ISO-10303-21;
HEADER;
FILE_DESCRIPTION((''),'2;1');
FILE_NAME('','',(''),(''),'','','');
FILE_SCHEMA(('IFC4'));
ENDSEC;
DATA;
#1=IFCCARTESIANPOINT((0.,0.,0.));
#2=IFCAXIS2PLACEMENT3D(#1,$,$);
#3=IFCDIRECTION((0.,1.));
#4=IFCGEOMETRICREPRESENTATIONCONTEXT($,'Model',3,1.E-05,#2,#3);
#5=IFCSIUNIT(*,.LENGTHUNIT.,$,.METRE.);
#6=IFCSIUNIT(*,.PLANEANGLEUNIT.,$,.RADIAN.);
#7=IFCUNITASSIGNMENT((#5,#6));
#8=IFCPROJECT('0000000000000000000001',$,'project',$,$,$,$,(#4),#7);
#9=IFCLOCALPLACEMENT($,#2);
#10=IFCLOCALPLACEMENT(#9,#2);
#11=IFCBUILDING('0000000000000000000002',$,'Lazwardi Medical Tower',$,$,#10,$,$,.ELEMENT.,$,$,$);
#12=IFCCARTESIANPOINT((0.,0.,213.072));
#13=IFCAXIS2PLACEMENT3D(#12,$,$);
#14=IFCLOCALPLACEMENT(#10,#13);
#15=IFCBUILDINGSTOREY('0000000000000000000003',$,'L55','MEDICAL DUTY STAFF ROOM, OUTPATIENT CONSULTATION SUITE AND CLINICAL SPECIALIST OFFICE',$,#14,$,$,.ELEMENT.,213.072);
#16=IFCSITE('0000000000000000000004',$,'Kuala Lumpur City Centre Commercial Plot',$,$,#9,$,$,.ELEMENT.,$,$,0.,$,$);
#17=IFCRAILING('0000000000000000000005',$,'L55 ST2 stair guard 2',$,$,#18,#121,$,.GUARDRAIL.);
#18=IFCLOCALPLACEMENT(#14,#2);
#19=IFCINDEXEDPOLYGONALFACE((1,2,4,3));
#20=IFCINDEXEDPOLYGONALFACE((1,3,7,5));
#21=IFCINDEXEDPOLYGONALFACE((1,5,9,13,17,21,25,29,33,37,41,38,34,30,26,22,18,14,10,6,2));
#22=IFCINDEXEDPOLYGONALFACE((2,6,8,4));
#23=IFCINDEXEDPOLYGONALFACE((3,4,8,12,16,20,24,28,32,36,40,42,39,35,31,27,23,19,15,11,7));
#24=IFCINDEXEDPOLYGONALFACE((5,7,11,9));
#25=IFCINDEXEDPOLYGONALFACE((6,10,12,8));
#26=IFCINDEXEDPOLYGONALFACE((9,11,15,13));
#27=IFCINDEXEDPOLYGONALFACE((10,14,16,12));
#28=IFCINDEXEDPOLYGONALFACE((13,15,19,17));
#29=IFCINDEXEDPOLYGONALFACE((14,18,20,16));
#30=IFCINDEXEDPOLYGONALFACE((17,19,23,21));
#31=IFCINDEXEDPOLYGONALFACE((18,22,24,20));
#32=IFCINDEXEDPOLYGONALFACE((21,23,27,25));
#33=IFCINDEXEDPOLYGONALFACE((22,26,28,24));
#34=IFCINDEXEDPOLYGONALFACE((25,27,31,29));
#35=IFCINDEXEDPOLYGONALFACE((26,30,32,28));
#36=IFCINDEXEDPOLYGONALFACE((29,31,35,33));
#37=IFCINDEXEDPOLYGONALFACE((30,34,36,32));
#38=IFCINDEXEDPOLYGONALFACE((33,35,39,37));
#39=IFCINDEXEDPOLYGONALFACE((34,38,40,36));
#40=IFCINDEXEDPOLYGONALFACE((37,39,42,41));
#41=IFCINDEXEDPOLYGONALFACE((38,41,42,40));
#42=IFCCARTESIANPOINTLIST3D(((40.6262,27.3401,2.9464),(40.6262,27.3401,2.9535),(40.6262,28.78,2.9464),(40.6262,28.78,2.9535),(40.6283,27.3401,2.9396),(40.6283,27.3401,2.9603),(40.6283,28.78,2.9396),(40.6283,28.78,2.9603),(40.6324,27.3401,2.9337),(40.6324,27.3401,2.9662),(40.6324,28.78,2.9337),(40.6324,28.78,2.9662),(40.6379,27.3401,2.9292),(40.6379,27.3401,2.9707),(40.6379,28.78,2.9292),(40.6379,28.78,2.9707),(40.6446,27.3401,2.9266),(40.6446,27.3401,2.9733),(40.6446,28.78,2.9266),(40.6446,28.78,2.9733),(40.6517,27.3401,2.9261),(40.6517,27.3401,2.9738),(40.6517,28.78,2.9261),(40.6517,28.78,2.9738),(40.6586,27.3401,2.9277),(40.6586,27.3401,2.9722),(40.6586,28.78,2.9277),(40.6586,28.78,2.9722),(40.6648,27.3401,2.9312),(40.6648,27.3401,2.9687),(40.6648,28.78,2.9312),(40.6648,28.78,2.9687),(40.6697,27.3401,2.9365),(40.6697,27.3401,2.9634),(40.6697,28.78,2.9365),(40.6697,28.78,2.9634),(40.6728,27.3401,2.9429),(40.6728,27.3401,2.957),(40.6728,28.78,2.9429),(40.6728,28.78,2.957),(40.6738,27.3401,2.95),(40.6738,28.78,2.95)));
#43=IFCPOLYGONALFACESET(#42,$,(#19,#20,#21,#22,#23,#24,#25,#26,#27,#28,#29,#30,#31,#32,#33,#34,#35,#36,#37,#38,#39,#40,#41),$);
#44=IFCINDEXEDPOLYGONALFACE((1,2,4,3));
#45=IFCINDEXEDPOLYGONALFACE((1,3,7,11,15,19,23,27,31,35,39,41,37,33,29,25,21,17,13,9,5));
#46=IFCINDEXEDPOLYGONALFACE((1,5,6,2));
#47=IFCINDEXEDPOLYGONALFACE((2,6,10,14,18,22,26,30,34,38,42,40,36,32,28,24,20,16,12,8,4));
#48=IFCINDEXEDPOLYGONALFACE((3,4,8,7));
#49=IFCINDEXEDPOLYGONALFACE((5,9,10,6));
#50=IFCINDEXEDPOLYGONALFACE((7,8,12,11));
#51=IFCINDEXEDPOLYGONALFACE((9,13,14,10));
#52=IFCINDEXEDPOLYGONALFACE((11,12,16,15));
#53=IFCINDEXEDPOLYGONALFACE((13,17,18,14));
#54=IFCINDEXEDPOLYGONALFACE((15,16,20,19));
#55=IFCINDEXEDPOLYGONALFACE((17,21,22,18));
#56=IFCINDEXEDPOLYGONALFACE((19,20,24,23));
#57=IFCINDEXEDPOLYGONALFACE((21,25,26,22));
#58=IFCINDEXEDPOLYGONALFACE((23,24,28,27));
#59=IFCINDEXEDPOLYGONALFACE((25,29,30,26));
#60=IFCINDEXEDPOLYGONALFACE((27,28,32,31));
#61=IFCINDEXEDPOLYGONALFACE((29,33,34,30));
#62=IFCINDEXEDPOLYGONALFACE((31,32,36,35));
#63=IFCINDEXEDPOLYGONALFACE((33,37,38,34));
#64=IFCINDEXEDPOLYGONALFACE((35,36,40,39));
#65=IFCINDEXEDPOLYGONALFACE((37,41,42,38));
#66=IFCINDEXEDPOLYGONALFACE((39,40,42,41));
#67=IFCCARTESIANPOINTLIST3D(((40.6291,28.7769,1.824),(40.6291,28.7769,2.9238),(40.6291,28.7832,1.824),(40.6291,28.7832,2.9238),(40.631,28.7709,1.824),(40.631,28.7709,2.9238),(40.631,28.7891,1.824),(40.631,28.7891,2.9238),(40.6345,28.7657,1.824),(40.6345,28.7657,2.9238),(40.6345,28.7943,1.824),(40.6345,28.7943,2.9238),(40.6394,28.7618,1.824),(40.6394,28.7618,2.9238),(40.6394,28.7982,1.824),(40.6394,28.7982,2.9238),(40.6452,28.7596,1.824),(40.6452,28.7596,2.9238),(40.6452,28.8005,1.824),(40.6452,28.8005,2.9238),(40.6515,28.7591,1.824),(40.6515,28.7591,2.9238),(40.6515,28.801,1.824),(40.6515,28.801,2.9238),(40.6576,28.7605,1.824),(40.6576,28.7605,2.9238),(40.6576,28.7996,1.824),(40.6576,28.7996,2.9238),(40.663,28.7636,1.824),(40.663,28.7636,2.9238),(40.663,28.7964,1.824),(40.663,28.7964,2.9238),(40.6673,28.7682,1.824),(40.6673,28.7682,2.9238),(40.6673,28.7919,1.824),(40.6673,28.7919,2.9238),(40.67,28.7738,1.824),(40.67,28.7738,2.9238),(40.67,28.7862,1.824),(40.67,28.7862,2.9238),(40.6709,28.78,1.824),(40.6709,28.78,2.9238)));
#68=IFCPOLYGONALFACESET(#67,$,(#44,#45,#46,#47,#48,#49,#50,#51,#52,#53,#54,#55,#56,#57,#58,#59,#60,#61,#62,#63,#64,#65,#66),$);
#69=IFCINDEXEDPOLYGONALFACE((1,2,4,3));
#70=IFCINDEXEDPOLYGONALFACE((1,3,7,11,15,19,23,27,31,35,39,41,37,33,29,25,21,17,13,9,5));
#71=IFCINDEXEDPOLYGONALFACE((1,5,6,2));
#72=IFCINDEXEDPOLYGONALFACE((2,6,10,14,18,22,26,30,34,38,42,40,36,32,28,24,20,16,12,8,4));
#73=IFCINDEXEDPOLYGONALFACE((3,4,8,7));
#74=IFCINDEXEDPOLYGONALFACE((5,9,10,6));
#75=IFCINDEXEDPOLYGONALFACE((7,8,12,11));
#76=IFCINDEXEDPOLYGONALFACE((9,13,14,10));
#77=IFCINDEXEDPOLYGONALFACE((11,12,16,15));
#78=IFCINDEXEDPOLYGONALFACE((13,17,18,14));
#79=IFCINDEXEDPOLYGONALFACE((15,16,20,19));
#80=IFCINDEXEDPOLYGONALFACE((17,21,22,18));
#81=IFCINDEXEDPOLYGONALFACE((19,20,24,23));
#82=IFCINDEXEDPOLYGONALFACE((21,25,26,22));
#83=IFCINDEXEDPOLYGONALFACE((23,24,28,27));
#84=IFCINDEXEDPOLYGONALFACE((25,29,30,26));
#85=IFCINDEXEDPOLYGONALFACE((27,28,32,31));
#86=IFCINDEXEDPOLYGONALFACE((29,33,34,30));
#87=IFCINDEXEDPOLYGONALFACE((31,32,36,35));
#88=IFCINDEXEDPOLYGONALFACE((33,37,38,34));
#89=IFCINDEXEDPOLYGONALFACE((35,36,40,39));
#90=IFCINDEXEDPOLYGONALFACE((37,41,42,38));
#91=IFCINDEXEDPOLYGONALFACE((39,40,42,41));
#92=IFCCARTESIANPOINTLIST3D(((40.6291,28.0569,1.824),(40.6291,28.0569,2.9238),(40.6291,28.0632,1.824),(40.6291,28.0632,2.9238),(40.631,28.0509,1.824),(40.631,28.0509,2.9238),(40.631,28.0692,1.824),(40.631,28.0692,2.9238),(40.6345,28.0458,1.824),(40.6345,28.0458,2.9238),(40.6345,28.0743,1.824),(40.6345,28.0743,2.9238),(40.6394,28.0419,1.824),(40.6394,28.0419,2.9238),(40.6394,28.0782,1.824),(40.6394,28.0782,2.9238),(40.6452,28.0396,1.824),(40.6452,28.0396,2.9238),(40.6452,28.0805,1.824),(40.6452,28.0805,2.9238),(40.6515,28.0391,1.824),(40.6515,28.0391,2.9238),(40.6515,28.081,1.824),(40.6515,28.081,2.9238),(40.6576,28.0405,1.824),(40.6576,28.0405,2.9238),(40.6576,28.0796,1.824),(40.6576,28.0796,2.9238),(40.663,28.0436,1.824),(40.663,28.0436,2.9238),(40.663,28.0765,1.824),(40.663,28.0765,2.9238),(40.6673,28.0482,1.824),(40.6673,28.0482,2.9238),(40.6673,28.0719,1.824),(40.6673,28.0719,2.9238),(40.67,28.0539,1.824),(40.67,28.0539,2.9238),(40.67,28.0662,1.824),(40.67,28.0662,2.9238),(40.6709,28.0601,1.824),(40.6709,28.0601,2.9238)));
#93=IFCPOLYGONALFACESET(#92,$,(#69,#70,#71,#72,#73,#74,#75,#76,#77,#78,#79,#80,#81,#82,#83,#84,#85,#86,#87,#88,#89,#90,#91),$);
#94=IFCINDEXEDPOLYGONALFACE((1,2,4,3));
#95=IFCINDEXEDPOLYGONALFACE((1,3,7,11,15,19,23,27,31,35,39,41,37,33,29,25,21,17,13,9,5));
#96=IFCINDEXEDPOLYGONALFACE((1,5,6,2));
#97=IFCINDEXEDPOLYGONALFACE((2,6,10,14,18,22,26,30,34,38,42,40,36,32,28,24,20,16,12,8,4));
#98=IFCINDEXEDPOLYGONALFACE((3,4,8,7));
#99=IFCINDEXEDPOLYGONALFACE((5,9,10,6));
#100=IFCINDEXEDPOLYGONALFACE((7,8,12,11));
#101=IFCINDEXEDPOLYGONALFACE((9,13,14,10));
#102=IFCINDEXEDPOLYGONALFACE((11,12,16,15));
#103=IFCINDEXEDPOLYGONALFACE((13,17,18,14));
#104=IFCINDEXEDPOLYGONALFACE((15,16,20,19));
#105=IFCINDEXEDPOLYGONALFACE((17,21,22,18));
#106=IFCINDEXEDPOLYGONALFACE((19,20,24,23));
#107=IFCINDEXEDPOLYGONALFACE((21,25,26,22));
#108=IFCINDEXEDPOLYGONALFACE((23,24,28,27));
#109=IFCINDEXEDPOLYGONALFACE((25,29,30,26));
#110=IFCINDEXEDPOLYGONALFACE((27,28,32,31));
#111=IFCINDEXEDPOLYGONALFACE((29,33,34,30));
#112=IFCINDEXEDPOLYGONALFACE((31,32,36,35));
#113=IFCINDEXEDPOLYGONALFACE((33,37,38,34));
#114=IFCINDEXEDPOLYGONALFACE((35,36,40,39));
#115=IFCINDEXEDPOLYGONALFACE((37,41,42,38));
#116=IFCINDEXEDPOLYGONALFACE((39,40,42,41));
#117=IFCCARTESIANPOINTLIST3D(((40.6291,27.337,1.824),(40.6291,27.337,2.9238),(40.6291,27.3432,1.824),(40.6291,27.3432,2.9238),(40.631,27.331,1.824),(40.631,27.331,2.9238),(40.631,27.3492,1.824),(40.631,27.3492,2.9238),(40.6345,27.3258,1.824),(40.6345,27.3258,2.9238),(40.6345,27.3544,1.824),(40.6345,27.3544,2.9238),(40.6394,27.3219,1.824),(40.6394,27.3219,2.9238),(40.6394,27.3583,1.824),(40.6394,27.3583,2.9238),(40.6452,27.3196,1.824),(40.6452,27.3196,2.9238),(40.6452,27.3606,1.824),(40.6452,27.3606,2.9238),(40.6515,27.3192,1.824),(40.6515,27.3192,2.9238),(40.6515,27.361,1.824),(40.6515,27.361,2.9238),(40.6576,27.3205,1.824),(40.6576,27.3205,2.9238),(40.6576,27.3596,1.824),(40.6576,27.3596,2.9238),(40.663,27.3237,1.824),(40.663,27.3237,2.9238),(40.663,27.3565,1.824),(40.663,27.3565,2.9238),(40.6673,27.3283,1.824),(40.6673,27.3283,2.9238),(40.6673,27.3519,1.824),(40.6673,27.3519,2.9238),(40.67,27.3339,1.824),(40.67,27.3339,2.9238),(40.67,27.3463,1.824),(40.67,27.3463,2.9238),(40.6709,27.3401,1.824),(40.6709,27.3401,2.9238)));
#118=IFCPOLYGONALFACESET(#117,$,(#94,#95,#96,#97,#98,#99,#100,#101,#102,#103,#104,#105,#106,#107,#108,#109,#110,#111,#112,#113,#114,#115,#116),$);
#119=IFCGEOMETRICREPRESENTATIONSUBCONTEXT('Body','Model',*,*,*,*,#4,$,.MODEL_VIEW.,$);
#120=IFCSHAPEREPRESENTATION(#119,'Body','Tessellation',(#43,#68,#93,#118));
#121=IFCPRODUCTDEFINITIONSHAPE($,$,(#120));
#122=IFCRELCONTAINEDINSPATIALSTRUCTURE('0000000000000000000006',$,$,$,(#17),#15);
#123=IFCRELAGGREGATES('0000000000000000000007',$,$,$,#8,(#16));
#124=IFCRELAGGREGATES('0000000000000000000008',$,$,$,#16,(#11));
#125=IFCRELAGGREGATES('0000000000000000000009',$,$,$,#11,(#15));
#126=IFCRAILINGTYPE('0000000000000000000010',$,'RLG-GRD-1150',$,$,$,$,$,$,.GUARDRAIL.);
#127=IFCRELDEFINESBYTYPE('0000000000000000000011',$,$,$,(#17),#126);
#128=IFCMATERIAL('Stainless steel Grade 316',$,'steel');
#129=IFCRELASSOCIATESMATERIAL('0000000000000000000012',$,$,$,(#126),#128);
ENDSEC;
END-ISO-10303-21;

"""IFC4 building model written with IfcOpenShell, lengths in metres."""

from ifc_helpers import new_model, si_unit, direction, frame, origin, origin_2d, place, context, subcontext, project, spatial, circle, extrude, material, type_object, element, save


model = new_model("IFC4")

# Units and contexts
model_context = context("Model", 3, precision=1e-05, world=origin(), true_north=direction((0.0, 1.0)))
body_context = subcontext(model_context, "Body", "Model", "MODEL_VIEW")
ifc_project = project(units=[si_unit("LENGTHUNIT", "METRE"), si_unit("PLANEANGLEUNIT", "RADIAN")], contexts=[model_context])

# Site, building, storey
site_placement = place(None, origin())
site = spatial("IfcSite", under=ifc_project, at=site_placement, Name="Kuala Lumpur City Centre Commercial Plot", CompositionType="ELEMENT", RefElevation=0.0)
building_placement = place(site_placement, origin())
building = spatial("IfcBuilding", under=site, at=building_placement, Name="Lazwardi Medical Tower", CompositionType="ELEMENT")
storey_placement = place(building_placement, frame((0.0, 0.0, 213.072)))
storey = spatial("IfcBuildingStorey", under=building, at=storey_placement, Name="L55", Description="MEDICAL DUTY STAFF ROOM, OUTPATIENT CONSULTATION SUITE AND CLINICAL SPECIALIST OFFICE", CompositionType="ELEMENT", Elevation=213.072)

# Railing
ifc_material_1 = material(Name="Stainless steel Grade 316", Category="steel")
railing_type_1 = type_object("IfcRailingType", Name="RLG-GRD-1150", PredefinedType="GUARDRAIL", material=ifc_material_1)
railing_1_placement = place(storey_placement, frame((40.6499, 28.78, 1.824)))
element("IfcRailing", 1, at=railing_1_placement, inside=storey, type_object=railing_type_1, Name="L55 ST2 stair guard 2", PredefinedType="GUARDRAIL", context=body_context, shape_type="SweptSolid", body=[
    extrude(circle(Radius=0.0239, at=origin_2d()), frame((0.0, 0.0, 1.126), z_axis=(0.0, -1.0, 0.0), x_axis=(1.0, 0.0, 0.0)), (0.0, 0.0, 1.0), 1.4399),
    extrude(circle(Radius=0.021, at=origin_2d()), origin(), (0.0, 0.0, 1.0), 1.0999),
    extrude(circle(Radius=0.021, at=origin_2d()), frame((0.0, -0.72, 0.0)), (0.0, 0.0, 1.0), 1.0999),
    extrude(circle(Radius=0.021, at=origin_2d()), frame((0.0, -1.4399, 0.0)), (0.0, 0.0, 1.0), 1.0999),
])

save(model, "model.ifc")
